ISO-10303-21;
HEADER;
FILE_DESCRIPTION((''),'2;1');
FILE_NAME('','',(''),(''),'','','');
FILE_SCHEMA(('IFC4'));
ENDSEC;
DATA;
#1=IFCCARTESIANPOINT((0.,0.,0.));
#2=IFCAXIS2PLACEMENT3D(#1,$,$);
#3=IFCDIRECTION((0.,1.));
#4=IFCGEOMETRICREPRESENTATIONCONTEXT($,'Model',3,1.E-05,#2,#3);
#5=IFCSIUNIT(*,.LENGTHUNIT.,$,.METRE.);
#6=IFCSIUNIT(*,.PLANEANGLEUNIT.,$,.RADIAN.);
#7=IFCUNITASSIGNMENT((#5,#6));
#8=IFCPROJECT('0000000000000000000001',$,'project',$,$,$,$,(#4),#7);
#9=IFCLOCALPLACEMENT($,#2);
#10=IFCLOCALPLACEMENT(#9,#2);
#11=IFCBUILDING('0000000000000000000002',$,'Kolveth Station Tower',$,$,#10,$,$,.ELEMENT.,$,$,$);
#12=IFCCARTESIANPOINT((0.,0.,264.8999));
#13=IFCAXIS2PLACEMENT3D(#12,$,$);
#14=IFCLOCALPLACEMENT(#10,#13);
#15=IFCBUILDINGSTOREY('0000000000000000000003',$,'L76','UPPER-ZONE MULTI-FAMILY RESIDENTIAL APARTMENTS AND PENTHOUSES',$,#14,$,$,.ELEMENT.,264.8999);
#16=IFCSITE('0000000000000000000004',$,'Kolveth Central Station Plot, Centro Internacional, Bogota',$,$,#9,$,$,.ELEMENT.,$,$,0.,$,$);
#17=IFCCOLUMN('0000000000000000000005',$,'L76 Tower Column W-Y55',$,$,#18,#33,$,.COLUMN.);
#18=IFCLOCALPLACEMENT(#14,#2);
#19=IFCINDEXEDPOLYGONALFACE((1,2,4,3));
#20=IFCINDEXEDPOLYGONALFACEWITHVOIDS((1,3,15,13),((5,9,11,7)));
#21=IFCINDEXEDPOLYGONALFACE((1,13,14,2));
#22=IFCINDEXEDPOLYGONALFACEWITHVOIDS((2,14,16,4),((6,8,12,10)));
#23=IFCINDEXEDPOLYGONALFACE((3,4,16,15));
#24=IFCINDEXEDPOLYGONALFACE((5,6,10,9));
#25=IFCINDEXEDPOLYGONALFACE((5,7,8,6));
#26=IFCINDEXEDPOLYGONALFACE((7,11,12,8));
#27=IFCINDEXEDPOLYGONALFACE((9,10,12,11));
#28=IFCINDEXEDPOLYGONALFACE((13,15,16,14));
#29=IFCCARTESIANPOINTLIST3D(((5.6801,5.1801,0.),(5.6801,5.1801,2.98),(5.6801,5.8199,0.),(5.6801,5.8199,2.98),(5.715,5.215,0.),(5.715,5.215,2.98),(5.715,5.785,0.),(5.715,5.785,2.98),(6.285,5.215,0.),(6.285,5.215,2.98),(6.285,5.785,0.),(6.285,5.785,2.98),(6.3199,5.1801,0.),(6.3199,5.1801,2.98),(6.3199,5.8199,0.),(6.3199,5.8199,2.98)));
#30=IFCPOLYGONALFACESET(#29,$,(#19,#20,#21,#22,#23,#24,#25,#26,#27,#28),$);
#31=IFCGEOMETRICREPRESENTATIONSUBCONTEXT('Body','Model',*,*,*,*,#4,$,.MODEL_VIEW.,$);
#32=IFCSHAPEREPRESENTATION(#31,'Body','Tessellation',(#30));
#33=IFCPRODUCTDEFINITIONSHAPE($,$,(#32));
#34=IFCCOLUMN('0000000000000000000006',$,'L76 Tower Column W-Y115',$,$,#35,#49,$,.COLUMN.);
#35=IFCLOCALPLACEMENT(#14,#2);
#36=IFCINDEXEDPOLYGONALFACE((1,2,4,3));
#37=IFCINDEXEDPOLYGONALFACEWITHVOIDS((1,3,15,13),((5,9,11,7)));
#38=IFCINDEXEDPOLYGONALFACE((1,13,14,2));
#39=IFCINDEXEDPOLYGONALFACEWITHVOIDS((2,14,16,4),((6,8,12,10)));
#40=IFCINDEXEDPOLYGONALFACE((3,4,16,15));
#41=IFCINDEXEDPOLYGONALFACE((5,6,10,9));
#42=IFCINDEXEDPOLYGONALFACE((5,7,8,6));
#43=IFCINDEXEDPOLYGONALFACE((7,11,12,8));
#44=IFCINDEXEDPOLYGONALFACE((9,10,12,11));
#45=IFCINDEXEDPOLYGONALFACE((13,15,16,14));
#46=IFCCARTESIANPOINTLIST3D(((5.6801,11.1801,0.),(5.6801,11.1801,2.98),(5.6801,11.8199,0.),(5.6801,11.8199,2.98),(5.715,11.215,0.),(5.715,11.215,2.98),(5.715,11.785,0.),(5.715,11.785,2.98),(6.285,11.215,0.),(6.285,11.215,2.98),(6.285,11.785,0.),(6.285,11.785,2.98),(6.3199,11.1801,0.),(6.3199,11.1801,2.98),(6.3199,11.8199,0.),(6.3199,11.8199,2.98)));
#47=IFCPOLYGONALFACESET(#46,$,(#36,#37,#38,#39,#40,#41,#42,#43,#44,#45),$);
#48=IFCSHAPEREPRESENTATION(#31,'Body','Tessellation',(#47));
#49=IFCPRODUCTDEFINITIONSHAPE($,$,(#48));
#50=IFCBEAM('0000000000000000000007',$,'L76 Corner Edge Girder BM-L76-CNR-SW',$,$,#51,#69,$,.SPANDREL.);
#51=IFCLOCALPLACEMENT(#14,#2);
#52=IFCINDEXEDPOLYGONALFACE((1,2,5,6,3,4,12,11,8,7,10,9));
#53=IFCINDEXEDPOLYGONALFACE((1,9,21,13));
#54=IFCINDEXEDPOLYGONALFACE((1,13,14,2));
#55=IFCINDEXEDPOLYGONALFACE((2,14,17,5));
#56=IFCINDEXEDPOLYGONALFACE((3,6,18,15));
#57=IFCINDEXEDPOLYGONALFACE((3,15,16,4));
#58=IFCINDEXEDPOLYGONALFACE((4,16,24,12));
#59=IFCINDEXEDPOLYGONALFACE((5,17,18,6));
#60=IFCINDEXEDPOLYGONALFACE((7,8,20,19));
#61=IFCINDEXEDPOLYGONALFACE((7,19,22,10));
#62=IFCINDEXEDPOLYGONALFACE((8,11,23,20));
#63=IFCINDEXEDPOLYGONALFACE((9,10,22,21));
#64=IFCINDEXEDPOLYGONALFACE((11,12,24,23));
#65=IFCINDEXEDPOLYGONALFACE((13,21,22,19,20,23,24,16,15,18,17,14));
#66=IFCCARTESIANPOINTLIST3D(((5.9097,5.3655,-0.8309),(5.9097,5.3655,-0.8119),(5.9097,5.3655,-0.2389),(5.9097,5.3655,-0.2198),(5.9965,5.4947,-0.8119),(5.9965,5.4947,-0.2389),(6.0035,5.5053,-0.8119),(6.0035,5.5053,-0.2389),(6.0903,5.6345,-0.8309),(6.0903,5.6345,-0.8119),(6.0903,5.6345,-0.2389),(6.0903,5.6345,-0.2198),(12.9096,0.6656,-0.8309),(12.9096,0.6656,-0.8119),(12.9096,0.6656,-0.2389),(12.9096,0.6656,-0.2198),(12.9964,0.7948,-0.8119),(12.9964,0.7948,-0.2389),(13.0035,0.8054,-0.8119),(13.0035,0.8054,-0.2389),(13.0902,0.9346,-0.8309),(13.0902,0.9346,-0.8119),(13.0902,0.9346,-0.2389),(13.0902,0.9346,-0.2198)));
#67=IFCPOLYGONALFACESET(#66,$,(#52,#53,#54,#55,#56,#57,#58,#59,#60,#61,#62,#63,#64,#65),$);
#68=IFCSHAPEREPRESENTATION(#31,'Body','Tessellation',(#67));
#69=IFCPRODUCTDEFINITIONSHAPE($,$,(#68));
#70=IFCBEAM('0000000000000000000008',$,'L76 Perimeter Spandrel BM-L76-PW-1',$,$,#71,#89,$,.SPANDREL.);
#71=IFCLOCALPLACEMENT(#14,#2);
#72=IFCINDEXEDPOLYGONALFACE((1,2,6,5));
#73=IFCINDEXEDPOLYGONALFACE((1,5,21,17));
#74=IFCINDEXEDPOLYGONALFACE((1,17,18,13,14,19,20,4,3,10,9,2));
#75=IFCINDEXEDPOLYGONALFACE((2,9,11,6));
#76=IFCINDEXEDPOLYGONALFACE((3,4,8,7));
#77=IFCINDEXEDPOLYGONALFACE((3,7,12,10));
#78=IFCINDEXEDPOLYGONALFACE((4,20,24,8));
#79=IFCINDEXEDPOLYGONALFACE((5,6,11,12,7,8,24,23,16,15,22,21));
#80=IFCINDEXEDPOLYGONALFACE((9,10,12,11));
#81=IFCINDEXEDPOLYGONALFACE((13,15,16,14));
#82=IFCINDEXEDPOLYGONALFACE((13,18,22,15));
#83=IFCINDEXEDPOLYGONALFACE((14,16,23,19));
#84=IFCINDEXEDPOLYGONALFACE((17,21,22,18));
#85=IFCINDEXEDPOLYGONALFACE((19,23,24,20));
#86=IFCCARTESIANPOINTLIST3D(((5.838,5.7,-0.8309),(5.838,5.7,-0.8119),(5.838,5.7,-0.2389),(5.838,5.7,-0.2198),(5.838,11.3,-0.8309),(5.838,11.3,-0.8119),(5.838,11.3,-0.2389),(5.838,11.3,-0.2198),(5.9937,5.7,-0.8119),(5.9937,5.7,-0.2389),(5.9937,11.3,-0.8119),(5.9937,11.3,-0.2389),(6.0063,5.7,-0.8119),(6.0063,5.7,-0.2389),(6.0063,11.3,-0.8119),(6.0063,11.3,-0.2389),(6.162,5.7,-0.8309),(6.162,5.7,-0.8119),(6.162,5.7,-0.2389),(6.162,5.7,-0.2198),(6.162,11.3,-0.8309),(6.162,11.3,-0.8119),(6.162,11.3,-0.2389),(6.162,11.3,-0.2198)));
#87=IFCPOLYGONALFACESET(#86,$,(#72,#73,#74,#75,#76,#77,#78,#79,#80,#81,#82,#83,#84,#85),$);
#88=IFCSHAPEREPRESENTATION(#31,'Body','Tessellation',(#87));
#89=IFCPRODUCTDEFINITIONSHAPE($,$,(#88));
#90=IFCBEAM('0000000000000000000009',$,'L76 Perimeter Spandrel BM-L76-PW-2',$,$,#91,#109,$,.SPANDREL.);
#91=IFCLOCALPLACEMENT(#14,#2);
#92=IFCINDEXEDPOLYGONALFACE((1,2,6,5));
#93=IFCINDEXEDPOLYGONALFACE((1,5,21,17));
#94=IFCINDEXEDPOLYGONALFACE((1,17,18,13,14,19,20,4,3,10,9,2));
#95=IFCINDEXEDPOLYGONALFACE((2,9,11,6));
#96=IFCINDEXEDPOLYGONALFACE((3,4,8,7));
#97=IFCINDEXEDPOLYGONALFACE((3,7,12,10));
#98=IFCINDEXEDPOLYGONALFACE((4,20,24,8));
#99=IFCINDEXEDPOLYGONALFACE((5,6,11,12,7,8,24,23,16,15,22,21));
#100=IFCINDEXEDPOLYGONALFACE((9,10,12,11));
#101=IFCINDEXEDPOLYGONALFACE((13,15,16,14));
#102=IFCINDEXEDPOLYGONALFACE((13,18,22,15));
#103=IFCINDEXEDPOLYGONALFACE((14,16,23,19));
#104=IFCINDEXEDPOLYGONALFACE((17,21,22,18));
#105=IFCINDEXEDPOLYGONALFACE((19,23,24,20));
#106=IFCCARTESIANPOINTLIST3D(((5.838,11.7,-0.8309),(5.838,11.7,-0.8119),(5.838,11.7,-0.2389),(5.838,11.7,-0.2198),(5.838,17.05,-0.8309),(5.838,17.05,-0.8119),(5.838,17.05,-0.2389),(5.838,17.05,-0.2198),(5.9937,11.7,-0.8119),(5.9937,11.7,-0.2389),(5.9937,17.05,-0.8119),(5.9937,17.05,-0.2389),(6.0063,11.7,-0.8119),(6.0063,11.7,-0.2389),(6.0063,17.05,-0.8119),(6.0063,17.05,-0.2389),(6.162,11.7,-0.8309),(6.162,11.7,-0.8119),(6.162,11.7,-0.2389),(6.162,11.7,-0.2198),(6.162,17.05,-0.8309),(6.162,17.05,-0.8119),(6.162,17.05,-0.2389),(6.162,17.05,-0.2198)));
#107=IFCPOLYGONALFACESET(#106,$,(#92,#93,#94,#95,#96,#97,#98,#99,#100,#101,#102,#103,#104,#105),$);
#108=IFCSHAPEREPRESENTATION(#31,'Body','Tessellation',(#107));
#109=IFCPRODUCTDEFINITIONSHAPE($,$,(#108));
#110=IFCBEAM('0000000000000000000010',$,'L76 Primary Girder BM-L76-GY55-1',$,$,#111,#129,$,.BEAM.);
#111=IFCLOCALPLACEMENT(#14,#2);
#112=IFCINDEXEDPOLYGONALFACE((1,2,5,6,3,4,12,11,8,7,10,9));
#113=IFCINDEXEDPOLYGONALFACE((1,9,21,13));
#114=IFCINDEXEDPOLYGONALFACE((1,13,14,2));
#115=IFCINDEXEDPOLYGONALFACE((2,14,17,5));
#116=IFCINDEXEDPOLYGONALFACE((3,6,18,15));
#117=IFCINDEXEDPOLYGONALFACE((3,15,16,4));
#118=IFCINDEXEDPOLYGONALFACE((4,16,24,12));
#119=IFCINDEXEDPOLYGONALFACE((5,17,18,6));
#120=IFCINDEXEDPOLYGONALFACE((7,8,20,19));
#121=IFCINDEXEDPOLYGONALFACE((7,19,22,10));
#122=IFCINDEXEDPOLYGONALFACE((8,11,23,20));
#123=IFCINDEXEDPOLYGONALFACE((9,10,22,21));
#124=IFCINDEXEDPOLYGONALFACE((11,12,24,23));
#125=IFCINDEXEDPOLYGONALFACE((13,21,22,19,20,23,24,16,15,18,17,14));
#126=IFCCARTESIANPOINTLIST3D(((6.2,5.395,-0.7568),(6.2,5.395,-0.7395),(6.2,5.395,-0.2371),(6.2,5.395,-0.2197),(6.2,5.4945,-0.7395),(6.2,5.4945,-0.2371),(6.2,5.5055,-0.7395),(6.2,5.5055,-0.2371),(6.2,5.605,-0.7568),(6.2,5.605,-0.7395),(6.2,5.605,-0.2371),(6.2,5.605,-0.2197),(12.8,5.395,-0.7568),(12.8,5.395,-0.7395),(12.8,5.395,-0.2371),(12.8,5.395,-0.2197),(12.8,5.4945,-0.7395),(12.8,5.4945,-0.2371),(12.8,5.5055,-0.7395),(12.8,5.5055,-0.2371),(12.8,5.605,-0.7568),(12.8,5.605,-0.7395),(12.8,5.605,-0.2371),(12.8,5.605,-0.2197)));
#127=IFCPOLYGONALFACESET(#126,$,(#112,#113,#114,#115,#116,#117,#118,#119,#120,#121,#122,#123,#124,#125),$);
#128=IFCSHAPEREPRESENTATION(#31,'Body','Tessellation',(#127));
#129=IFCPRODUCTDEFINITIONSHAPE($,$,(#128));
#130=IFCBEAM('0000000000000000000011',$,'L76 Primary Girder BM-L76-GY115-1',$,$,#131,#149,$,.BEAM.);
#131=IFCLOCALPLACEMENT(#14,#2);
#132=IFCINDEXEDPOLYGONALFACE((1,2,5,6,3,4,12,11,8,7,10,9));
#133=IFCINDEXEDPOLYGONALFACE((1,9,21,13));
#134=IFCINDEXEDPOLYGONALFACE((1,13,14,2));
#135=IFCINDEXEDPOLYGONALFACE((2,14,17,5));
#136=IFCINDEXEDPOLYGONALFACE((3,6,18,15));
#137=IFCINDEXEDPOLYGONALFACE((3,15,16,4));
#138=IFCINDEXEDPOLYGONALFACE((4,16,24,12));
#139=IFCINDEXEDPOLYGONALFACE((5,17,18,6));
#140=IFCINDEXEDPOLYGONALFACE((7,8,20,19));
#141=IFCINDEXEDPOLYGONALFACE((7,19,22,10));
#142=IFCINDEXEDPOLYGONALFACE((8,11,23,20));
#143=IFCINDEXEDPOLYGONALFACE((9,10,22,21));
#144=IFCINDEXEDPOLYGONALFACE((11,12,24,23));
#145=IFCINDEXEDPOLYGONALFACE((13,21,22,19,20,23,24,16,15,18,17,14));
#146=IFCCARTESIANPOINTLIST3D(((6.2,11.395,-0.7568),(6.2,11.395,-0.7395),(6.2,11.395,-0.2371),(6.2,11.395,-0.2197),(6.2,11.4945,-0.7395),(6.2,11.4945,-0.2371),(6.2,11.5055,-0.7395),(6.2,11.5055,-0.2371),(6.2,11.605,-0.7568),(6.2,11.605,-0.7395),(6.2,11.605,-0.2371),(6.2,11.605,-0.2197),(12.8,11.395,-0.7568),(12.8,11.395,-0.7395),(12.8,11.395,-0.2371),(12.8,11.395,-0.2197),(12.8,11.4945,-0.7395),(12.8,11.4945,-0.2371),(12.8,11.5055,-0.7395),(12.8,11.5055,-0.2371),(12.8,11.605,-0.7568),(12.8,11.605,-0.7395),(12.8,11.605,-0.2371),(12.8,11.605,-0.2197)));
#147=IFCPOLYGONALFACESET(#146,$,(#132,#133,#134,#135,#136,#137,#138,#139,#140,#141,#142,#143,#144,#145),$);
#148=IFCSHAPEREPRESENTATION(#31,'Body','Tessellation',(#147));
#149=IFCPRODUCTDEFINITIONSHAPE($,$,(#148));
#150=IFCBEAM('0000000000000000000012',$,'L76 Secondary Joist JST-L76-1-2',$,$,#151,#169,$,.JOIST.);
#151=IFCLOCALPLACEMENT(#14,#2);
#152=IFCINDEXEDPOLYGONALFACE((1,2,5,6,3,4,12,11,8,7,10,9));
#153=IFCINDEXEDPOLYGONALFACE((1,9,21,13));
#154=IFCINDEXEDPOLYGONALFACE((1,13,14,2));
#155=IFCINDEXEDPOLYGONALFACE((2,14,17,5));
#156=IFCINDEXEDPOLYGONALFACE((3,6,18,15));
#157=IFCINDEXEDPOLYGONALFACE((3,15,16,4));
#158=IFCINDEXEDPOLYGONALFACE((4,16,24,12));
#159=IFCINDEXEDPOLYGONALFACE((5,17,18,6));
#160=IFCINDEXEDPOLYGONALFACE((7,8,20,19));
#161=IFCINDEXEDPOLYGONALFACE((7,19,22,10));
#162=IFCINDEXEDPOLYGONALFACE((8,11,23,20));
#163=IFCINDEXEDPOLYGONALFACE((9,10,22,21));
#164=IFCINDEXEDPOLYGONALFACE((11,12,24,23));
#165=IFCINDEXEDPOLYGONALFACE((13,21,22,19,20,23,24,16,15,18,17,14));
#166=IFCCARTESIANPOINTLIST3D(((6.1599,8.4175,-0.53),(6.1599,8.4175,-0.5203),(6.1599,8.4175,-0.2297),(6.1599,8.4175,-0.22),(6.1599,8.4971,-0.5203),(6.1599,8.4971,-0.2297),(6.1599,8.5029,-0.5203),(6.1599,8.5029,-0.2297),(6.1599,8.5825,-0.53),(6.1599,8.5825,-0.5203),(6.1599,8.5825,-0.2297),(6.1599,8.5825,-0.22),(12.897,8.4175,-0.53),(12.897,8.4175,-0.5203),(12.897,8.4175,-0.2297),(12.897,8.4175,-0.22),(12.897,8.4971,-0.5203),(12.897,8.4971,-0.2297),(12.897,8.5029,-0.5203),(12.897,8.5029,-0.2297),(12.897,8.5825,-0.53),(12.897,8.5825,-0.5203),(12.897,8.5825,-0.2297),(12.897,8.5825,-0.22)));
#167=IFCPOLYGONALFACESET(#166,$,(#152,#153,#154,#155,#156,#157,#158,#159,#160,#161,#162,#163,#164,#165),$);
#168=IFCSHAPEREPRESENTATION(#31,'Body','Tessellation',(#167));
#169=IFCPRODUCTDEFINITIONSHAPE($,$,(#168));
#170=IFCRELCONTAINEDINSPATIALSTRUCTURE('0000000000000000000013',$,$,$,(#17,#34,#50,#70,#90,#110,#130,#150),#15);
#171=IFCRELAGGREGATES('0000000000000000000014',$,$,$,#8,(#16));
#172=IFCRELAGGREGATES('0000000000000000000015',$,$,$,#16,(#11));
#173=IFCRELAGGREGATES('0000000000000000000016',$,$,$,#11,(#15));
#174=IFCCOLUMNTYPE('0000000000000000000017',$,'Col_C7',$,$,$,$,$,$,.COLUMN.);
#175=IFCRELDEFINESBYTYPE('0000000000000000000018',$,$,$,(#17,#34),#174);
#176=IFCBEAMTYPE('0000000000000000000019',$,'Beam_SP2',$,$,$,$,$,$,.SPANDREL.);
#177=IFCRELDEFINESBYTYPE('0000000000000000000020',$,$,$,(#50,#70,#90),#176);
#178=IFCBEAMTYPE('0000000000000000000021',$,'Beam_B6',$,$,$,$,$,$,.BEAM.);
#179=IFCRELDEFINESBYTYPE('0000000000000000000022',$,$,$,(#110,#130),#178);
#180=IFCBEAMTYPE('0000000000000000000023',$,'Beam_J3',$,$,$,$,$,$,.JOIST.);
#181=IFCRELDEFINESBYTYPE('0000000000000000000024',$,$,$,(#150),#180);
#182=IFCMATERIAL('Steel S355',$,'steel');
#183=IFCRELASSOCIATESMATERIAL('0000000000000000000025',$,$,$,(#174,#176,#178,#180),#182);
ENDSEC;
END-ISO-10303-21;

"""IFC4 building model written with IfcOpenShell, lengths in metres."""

from ifc_helpers import new_model, si_unit, direction, frame, origin, origin_2d, place, context, subcontext, project, spatial, hollow_rectangle, i_section, extrude, source, transform, mapped, material, material_profile, profile_set, type_object, element, save


model = new_model("IFC4")

# Units and contexts
model_context = context("Model", 3, precision=1e-05, world=origin(), true_north=direction((0.0, 1.0)))
body_context = subcontext(model_context, "Body", "Model", "MODEL_VIEW")
ifc_project = project(units=[si_unit("LENGTHUNIT", "METRE"), si_unit("PLANEANGLEUNIT", "RADIAN")], contexts=[model_context])

# Site, building, storey
site_placement = place(None, origin())
site = spatial("IfcSite", under=ifc_project, at=site_placement, Name="Kolveth Central Station Plot, Centro Internacional, Bogota", CompositionType="ELEMENT", RefElevation=0.0)
building_placement = place(site_placement, origin())
building = spatial("IfcBuilding", under=site, at=building_placement, Name="Kolveth Station Tower", CompositionType="ELEMENT")
storey_placement = place(building_placement, frame((0.0, 0.0, 264.8999)))
storey = spatial("IfcBuildingStorey", under=building, at=storey_placement, Name="L76", Description="UPPER-ZONE MULTI-FAMILY RESIDENTIAL APARTMENTS AND PENTHOUSES", CompositionType="ELEMENT", Elevation=264.8999)

# Columns
ifc_material_1 = material(Name="Steel S355", Category="steel")
ifc_material_profile_1 = material_profile(ifc_material_1, hollow_rectangle(XDim=0.6399, YDim=0.6399, WallThickness=0.0349, at=origin_2d()), Name="BOX640x640x35")
ifc_profile_set_1 = profile_set([ifc_material_profile_1], Name="Steel S355")
column_type = type_object("IfcColumnType", Name="Col_C7", PredefinedType="COLUMN", material=ifc_profile_set_1)
shared_shape_1 = source(origin(), body_context, "Body", "SweptSolid", [
    extrude(hollow_rectangle(XDim=0.6399, YDim=0.6399, WallThickness=0.0349, at=origin_2d()), origin(), (0.0, 0.0, 1.0), 2.98),
])
for number, where, z_axis, x_axis, name in (
    (1, (6.0, 5.5, 0.0), (0.0, 0.0, 1.0), (1.0, 0.0, 0.0), "L76 Tower Column W-Y55"),
    (2, (6.0, 11.5, 0.0), (0.0, 0.0, 1.0), (1.0, 0.0, 0.0), "L76 Tower Column W-Y115"),
):
    element("IfcColumn", number, at=place(storey_placement, frame(where, z_axis=z_axis, x_axis=x_axis)), inside=storey, type_object=column_type, Name=name, PredefinedType="COLUMN", context=body_context, shape_type="MappedRepresentation", body=[
        mapped(shared_shape_1, transform((0.0, 0.0, 0.0), x_axis=(1.0, 0.0, 0.0), y_axis=(0.0, 1.0, 0.0), z_axis=(0.0, 0.0, 1.0), scale=1.0)),
    ])

# Beams
ifc_material_profile_2 = material_profile(ifc_material_1, i_section(OverallWidth=0.324, OverallDepth=0.6111, WebThickness=0.0127, FlangeThickness=0.019, at=origin_2d()), Name="W610x155")
ifc_profile_set_2 = profile_set([ifc_material_profile_2], Name="Steel S355")
beam_type_1 = type_object("IfcBeamType", Name="Beam_SP2", PredefinedType="SPANDREL", material=ifc_profile_set_2)
shared_shape_2 = source(origin(), body_context, "Body", "SweptSolid", [
    extrude(i_section(OverallWidth=0.324, OverallDepth=0.6111, WebThickness=0.0127, FlangeThickness=0.019, at=origin_2d()), origin(), (0.0, 0.0, 1.0), 8.4314),
])
beam_1_placement = place(storey_placement, frame((6.0, 5.5, -0.5254), z_axis=(0.830224, -0.55743, 0.0), x_axis=(0.55743, 0.830224, 0.0)))
element("IfcBeam", 3, at=beam_1_placement, inside=storey, type_object=beam_type_1, Name="L76 Corner Edge Girder BM-L76-CNR-SW", PredefinedType="SPANDREL", context=body_context, shape_type="MappedRepresentation", body=[
    mapped(shared_shape_2, transform((0.0, 0.0, 0.0), x_axis=(1.0, 0.0, 0.0), y_axis=(0.0, 1.0, 0.0), z_axis=(0.0, 0.0, 1.0), scale=1.0)),
])
shared_shape_3 = source(origin(), body_context, "Body", "SweptSolid", [
    extrude(i_section(OverallWidth=0.324, OverallDepth=0.6111, WebThickness=0.0127, FlangeThickness=0.019, at=origin_2d()), origin(), (0.0, 0.0, 1.0), 5.6001),
])
beam_2_placement = place(storey_placement, frame((6.0, 5.7, -0.5254), z_axis=(0.0, 1.0, 0.0), x_axis=(-1.0, 0.0, 0.0)))
element("IfcBeam", 4, at=beam_2_placement, inside=storey, type_object=beam_type_1, Name="L76 Perimeter Spandrel BM-L76-PW-1", PredefinedType="SPANDREL", context=body_context, shape_type="MappedRepresentation", body=[
    mapped(shared_shape_3, transform((0.0, 0.0, 0.0), x_axis=(1.0, 0.0, 0.0), y_axis=(0.0, 1.0, 0.0), z_axis=(0.0, 0.0, 1.0), scale=1.0)),
])
shared_shape_4 = source(origin(), body_context, "Body", "SweptSolid", [
    extrude(i_section(OverallWidth=0.324, OverallDepth=0.6111, WebThickness=0.0127, FlangeThickness=0.019, at=origin_2d()), origin(), (0.0, 0.0, 1.0), 5.3501),
])
beam_3_placement = place(storey_placement, frame((6.0, 11.7, -0.5254), z_axis=(0.0, 1.0, 0.0), x_axis=(-1.0, 0.0, 0.0)))
element("IfcBeam", 5, at=beam_3_placement, inside=storey, type_object=beam_type_1, Name="L76 Perimeter Spandrel BM-L76-PW-2", PredefinedType="SPANDREL", context=body_context, shape_type="MappedRepresentation", body=[
    mapped(shared_shape_4, transform((0.0, 0.0, 0.0), x_axis=(1.0, 0.0, 0.0), y_axis=(0.0, 1.0, 0.0), z_axis=(0.0, 0.0, 1.0), scale=1.0)),
])
ifc_material_profile_3 = material_profile(ifc_material_1, i_section(OverallWidth=0.21, OverallDepth=0.5371, WebThickness=0.011, FlangeThickness=0.0173, at=origin_2d()), Name="W530x101")
ifc_profile_set_3 = profile_set([ifc_material_profile_3], Name="Steel S355")
beam_type_2 = type_object("IfcBeamType", Name="Beam_B6", PredefinedType="BEAM", material=ifc_profile_set_3)
shared_shape_5 = source(origin(), body_context, "Body", "SweptSolid", [
    extrude(i_section(OverallWidth=0.21, OverallDepth=0.5371, WebThickness=0.011, FlangeThickness=0.0173, at=origin_2d()), origin(), (0.0, 0.0, 1.0), 6.6001),
])
for number, where, z_axis, x_axis, name in (
    (6, (6.2, 5.5, -0.4883), (1.0, 0.0, 0.0), (0.0, 1.0, 0.0), "L76 Primary Girder BM-L76-GY55-1"),
    (7, (6.2, 11.5, -0.4883), (1.0, 0.0, 0.0), (0.0, 1.0, 0.0), "L76 Primary Girder BM-L76-GY115-1"),
):
    element("IfcBeam", number, at=place(storey_placement, frame(where, z_axis=z_axis, x_axis=x_axis)), inside=storey, type_object=beam_type_2, Name=name, PredefinedType="BEAM", context=body_context, shape_type="MappedRepresentation", body=[
        mapped(shared_shape_5, transform((0.0, 0.0, 0.0), x_axis=(1.0, 0.0, 0.0), y_axis=(0.0, 1.0, 0.0), z_axis=(0.0, 0.0, 1.0), scale=1.0)),
    ])
ifc_material_profile_4 = material_profile(ifc_material_1, i_section(OverallWidth=0.165, OverallDepth=0.3101, WebThickness=0.0059, FlangeThickness=0.0098, at=origin_2d()), Name="W310x39")
ifc_profile_set_4 = profile_set([ifc_material_profile_4], Name="Steel S355")
beam_type_3 = type_object("IfcBeamType", Name="Beam_J3", PredefinedType="JOIST", material=ifc_profile_set_4)
shared_shape_6 = source(origin(), body_context, "Body", "SweptSolid", [
    extrude(i_section(OverallWidth=0.165, OverallDepth=0.3101, WebThickness=0.0059, FlangeThickness=0.0098, at=origin_2d()), origin(), (0.0, 0.0, 1.0), 6.7371),
])
for number, where, z_axis, x_axis, name in (
    (8, (6.1599, 8.5, -0.375), (1.0, 0.0, 0.0), (0.0, 1.0, 0.0), "L76 Secondary Joist JST-L76-1-2"),
):
    element("IfcBeam", number, at=place(storey_placement, frame(where, z_axis=z_axis, x_axis=x_axis)), inside=storey, type_object=beam_type_3, Name=name, PredefinedType="JOIST", context=body_context, shape_type="MappedRepresentation", body=[
        mapped(shared_shape_6, transform((0.0, 0.0, 0.0), x_axis=(1.0, 0.0, 0.0), y_axis=(0.0, 1.0, 0.0), z_axis=(0.0, 0.0, 1.0), scale=1.0)),
    ])

save(model, "model.ifc")
